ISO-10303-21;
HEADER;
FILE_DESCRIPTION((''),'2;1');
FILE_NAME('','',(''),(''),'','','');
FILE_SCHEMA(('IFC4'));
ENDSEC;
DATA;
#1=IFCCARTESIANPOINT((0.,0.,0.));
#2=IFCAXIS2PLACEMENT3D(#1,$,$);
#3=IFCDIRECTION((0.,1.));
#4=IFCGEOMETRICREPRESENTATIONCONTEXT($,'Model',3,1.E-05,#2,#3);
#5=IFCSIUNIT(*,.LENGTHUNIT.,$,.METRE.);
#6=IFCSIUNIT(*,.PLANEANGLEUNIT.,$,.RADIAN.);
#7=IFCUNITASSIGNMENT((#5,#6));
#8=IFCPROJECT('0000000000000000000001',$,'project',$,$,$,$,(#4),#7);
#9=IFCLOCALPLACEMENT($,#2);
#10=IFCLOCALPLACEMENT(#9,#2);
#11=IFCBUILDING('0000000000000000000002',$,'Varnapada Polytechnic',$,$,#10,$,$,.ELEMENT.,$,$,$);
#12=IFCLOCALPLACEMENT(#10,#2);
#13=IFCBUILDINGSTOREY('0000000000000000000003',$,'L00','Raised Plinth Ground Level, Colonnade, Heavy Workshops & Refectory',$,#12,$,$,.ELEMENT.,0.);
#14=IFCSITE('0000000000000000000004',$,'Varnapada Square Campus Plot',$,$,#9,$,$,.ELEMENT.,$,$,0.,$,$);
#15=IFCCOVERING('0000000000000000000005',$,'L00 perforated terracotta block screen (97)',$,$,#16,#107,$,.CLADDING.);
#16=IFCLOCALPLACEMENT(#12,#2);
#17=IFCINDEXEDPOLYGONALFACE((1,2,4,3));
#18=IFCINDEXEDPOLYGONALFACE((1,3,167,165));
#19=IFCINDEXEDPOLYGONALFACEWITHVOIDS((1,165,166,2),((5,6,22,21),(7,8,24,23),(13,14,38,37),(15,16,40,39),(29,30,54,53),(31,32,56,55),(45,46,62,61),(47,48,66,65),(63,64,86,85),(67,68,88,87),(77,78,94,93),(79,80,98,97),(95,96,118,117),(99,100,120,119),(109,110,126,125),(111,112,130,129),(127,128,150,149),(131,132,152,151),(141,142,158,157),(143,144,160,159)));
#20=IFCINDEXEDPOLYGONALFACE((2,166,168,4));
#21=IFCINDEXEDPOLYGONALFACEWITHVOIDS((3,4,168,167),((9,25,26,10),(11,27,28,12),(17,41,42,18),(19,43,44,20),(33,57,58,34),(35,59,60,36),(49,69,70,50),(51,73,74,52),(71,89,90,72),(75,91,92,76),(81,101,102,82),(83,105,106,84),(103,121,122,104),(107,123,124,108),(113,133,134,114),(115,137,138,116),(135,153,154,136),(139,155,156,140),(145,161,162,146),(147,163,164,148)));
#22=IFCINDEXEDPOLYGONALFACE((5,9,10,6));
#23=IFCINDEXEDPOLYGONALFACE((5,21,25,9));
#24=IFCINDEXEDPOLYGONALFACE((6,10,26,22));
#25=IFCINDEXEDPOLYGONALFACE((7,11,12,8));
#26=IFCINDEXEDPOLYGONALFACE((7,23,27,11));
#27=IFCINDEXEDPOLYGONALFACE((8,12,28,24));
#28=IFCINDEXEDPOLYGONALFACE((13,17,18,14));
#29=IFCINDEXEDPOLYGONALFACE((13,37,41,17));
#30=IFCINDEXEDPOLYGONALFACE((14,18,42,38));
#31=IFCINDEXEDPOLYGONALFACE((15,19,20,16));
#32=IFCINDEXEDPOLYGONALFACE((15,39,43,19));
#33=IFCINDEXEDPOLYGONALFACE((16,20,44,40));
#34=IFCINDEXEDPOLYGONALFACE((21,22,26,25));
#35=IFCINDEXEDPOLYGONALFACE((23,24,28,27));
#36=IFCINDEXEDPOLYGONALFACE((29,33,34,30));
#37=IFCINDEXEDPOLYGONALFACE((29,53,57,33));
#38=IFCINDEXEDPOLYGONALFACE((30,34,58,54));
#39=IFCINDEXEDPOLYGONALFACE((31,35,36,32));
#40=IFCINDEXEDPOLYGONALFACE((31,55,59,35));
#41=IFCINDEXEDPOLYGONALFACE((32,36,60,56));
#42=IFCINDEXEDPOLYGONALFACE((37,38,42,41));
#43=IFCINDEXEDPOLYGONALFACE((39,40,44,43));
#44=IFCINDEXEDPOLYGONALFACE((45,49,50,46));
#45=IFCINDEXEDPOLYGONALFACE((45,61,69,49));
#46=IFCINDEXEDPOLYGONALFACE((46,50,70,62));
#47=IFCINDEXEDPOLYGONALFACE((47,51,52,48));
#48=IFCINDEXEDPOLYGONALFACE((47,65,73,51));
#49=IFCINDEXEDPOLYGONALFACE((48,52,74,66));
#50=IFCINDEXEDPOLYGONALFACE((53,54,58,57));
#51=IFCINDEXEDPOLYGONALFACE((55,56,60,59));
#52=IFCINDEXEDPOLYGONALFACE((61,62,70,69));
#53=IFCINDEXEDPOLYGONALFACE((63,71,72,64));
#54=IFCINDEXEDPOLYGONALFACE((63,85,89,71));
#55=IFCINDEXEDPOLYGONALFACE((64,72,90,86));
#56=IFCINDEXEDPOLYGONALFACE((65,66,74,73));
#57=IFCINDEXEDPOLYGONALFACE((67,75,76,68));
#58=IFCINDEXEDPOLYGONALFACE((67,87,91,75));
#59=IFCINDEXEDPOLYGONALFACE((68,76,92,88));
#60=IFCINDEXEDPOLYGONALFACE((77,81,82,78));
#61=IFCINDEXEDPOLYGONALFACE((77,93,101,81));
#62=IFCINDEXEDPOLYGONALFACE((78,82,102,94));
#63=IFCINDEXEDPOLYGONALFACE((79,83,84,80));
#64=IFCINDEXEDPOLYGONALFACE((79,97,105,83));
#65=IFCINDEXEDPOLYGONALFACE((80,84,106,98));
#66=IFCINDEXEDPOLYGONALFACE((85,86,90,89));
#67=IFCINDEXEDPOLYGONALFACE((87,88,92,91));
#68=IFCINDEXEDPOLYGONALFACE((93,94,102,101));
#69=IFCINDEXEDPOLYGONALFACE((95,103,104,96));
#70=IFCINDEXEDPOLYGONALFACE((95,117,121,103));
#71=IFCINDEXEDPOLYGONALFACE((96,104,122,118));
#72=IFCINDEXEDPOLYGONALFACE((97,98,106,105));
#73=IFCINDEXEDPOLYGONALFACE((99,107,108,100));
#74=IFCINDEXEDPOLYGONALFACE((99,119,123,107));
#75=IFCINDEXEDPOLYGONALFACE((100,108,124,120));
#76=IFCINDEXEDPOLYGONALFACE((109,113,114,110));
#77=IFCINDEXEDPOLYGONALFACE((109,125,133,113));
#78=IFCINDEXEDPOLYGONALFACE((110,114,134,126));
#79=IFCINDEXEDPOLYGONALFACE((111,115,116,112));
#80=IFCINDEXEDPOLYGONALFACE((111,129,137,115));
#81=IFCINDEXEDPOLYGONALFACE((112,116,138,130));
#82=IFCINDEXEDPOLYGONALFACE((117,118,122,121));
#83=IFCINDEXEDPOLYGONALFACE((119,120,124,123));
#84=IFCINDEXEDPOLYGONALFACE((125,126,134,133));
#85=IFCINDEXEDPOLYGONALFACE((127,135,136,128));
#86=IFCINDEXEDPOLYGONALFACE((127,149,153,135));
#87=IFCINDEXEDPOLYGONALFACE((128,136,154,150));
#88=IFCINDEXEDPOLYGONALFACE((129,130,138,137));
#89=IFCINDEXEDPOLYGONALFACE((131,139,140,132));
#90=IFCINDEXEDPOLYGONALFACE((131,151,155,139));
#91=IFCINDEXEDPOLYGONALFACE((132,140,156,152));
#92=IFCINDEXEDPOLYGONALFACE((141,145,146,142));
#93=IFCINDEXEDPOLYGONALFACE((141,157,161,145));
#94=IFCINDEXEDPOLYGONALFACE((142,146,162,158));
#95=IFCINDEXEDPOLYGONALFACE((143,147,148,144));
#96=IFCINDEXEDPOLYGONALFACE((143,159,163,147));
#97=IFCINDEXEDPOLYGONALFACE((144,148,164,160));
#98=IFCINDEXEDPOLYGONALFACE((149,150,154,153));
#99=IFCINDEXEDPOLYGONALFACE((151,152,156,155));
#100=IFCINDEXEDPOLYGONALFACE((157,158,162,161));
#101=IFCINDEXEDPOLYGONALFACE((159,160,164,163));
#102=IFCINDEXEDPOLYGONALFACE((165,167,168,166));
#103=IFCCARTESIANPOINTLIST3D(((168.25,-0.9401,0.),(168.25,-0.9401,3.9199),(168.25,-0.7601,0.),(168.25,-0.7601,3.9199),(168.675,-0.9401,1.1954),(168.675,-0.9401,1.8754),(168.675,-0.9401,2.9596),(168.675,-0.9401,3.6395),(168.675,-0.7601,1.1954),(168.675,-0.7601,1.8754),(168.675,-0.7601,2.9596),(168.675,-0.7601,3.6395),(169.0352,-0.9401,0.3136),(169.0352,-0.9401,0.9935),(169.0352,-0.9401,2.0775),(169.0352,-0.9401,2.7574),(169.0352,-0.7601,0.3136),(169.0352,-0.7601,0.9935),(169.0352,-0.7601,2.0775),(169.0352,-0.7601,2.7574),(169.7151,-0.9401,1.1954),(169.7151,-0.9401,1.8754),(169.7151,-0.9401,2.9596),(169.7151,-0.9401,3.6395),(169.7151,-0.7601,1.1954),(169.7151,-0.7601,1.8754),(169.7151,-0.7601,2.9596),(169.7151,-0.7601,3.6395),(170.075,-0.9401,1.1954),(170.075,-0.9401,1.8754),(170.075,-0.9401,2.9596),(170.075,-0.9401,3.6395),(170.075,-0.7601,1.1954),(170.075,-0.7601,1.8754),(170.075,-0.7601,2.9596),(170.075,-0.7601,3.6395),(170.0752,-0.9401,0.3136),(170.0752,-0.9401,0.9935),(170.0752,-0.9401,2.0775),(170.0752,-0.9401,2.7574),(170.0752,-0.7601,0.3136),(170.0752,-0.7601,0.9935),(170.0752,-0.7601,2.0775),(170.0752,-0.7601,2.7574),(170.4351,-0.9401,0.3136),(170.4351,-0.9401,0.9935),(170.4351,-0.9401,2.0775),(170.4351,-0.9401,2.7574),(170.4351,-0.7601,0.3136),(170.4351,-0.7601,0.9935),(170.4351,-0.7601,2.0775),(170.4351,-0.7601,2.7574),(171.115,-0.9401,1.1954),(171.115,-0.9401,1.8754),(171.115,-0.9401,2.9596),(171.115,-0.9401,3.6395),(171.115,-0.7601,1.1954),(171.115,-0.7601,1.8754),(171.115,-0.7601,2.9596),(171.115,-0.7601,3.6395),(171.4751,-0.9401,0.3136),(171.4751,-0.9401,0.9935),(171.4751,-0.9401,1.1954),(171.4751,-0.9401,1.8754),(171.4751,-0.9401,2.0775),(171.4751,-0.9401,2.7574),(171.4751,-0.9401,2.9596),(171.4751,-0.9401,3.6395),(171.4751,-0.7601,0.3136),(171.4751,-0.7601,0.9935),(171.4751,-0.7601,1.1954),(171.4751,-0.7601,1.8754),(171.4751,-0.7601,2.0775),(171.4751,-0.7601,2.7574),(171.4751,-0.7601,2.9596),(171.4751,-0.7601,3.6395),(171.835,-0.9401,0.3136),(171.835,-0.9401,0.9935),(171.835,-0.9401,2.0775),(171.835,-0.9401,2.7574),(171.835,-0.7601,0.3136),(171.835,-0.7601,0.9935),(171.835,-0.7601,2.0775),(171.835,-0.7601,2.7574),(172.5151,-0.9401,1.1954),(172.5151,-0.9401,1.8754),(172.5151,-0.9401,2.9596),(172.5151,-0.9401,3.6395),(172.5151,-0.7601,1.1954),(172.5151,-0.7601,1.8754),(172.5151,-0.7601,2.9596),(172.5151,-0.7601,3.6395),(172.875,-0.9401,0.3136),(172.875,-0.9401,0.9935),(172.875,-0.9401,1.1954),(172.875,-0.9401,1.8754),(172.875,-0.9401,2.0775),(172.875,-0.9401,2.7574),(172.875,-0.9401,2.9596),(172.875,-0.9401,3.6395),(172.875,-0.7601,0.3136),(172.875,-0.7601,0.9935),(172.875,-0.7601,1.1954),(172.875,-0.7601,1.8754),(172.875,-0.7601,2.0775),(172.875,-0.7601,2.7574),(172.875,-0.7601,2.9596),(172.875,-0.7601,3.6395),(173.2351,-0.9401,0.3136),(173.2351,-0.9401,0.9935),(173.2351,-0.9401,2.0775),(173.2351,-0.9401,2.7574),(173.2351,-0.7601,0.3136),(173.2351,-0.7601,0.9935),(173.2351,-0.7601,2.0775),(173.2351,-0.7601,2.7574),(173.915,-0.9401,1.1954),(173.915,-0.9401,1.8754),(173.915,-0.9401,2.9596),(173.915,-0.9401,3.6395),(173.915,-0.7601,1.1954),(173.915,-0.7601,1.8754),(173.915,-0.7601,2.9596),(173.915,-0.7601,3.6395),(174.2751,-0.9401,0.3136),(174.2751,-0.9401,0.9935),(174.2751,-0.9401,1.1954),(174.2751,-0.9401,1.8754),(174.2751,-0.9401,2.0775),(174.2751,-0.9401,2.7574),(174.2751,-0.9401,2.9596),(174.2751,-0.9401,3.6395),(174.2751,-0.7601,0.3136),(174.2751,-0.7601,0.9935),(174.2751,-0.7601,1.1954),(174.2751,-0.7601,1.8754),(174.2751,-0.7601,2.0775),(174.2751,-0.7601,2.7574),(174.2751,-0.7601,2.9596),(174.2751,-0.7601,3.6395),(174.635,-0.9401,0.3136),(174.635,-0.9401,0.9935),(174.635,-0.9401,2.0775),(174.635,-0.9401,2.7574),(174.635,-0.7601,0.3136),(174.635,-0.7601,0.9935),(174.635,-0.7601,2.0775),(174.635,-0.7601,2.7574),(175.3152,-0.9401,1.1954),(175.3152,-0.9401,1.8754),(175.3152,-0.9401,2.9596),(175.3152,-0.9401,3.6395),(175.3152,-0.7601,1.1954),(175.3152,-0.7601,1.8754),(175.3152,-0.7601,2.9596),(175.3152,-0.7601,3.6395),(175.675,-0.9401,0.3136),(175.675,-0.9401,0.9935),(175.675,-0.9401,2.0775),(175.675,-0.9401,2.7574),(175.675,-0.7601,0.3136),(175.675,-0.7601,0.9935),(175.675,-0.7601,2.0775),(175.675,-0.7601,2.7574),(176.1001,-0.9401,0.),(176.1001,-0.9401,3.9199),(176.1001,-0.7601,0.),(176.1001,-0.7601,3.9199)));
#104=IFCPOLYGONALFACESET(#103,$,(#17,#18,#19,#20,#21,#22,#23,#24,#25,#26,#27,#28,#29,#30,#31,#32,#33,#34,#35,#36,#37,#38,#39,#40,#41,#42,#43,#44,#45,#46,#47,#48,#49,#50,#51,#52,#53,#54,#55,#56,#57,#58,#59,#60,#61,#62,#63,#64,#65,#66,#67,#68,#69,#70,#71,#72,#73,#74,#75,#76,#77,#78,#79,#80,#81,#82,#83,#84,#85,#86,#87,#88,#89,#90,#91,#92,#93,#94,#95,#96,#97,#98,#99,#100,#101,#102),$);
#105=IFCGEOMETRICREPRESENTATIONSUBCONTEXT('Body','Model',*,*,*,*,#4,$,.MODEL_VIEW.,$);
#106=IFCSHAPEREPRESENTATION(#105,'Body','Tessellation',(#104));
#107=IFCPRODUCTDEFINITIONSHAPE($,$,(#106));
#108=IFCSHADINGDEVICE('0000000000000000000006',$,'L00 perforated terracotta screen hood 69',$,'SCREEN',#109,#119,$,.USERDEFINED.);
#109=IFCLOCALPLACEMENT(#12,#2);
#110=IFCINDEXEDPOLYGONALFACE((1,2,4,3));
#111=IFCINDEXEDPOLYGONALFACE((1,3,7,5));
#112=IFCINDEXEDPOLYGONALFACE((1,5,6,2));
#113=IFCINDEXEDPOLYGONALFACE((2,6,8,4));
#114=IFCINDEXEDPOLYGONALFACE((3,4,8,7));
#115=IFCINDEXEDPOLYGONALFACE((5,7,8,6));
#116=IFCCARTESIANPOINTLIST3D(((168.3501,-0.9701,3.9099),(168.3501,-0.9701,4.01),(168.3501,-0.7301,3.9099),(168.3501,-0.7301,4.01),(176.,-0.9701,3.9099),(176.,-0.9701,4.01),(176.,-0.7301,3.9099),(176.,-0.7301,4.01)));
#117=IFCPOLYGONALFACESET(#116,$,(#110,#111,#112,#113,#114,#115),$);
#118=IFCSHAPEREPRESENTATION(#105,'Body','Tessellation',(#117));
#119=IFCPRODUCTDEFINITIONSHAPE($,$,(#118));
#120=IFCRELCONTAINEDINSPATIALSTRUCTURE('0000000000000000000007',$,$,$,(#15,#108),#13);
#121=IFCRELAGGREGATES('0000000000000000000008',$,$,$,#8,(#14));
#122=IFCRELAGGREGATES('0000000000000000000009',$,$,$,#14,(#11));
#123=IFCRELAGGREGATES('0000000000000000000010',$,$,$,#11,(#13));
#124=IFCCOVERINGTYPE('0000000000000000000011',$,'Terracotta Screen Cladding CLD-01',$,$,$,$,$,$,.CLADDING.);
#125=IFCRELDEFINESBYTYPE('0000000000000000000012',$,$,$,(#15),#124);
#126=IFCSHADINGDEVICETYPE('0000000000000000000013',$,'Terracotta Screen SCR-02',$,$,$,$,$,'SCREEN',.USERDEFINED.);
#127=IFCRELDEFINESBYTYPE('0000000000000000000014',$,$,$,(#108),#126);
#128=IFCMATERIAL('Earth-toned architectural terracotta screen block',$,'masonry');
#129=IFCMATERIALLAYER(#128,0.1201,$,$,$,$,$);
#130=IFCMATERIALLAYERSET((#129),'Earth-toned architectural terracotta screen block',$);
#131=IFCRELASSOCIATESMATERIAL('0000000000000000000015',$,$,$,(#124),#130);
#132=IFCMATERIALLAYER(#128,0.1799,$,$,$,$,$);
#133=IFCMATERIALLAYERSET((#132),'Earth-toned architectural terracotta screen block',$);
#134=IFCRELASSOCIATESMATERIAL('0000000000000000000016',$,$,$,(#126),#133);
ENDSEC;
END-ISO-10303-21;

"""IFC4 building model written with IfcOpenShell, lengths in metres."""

from ifc_helpers import new_model, si_unit, direction, frame, frame_2d, origin, origin_2d, place, context, subcontext, project, spatial, rectangle, extrude, material, layer, layer_set, type_object, element, save


model = new_model("IFC4")

# Units and contexts
model_context = context("Model", 3, precision=1e-05, world=origin(), true_north=direction((0.0, 1.0)))
body_context = subcontext(model_context, "Body", "Model", "MODEL_VIEW")
ifc_project = project(units=[si_unit("LENGTHUNIT", "METRE"), si_unit("PLANEANGLEUNIT", "RADIAN")], contexts=[model_context])

# Site, building, storey
site_placement = place(None, origin())
site = spatial("IfcSite", under=ifc_project, at=site_placement, Name="Varnapada Square Campus Plot", CompositionType="ELEMENT", RefElevation=0.0)
building_placement = place(site_placement, origin())
building = spatial("IfcBuilding", under=site, at=building_placement, Name="Varnapada Polytechnic", CompositionType="ELEMENT")
storey_placement = place(building_placement, origin())
storey = spatial("IfcBuildingStorey", under=building, at=storey_placement, Name="L00", Description="Raised Plinth Ground Level, Colonnade, Heavy Workshops & Refectory", CompositionType="ELEMENT", Elevation=0.0)

# Covering, openings
ifc_material_1 = material(Name="Earth-toned architectural terracotta screen block", Category="masonry")
ifc_layer_1 = layer(ifc_material_1, 0.1201)
ifc_layer_set_1 = layer_set([ifc_layer_1], Name="Earth-toned architectural terracotta screen block")
covering_type = type_object("IfcCoveringType", Name="Terracotta Screen Cladding CLD-01", PredefinedType="CLADDING", material=ifc_layer_set_1)
covering_placement = place(storey_placement, frame((176.1001, -0.8501, 0.0), z_axis=(0.0, 0.0, 1.0), x_axis=(-1.0, 0.0, 0.0)))
covering = element("IfcCovering", 1, at=covering_placement, inside=storey, type_object=covering_type, Name="L00 perforated terracotta block screen (97)", PredefinedType="CLADDING", context=body_context, shape_type="SweptSolid", body=[
    extrude(rectangle(XDim=7.8501, YDim=0.1799, at=frame_2d((3.925, 0.0))), origin(), (0.0, 0.0, 1.0), 3.9199),
])
opening_1_placement = place(covering_placement, frame((0.425, 0.0, 0.3137)))
element("IfcOpeningElement", 2, at=opening_1_placement, cuts=covering, PredefinedType="OPENING", context=body_context, shape_type="SweptSolid", body=[
    extrude(rectangle(XDim=1.04, YDim=0.6799, at=frame_2d((0.52, 0.3398))), frame((0.0, 0.0999, 0.0), z_axis=(0.0, -1.0, 0.0), x_axis=(1.0, 0.0, 0.0)), (0.0, 0.0, 1.0), 0.2),
])
opening_2_placement = place(covering_placement, frame((1.825, 0.0, 0.3137)))
element("IfcOpeningElement", 3, at=opening_2_placement, cuts=covering, PredefinedType="OPENING", context=body_context, shape_type="SweptSolid", body=[
    extrude(rectangle(XDim=1.04, YDim=0.6799, at=frame_2d((0.52, 0.3398))), frame((0.0, 0.0999, 0.0), z_axis=(0.0, -1.0, 0.0), x_axis=(1.0, 0.0, 0.0)), (0.0, 0.0, 1.0), 0.2),
])
opening_3_placement = place(covering_placement, frame((3.2251, 0.0, 0.3137)))
element("IfcOpeningElement", 4, at=opening_3_placement, cuts=covering, PredefinedType="OPENING", context=body_context, shape_type="SweptSolid", body=[
    extrude(rectangle(XDim=1.04, YDim=0.6799, at=frame_2d((0.52, 0.3398))), frame((0.0, 0.0999, 0.0), z_axis=(0.0, -1.0, 0.0), x_axis=(1.0, 0.0, 0.0)), (0.0, 0.0, 1.0), 0.2),
])
opening_4_placement = place(covering_placement, frame((4.625, 0.0, 0.3137)))
element("IfcOpeningElement", 5, at=opening_4_placement, cuts=covering, PredefinedType="OPENING", context=body_context, shape_type="SweptSolid", body=[
    extrude(rectangle(XDim=1.04, YDim=0.6799, at=frame_2d((0.52, 0.3398))), frame((0.0, 0.0999, 0.0), z_axis=(0.0, -1.0, 0.0), x_axis=(1.0, 0.0, 0.0)), (0.0, 0.0, 1.0), 0.2),
])
opening_5_placement = place(covering_placement, frame((6.0249, 0.0, 0.3137)))
element("IfcOpeningElement", 6, at=opening_5_placement, cuts=covering, PredefinedType="OPENING", context=body_context, shape_type="SweptSolid", body=[
    extrude(rectangle(XDim=1.04, YDim=0.6799, at=frame_2d((0.52, 0.3398))), frame((0.0, 0.0999, 0.0), z_axis=(0.0, -1.0, 0.0), x_axis=(1.0, 0.0, 0.0)), (0.0, 0.0, 1.0), 0.2),
])
opening_6_placement = place(covering_placement, frame((0.7849, 0.0, 1.1956)))
element("IfcOpeningElement", 7, at=opening_6_placement, cuts=covering, PredefinedType="OPENING", context=body_context, shape_type="SweptSolid", body=[
    extrude(rectangle(XDim=1.04, YDim=0.6799, at=frame_2d((0.52, 0.3398))), frame((0.0, 0.0999, 0.0), z_axis=(0.0, -1.0, 0.0), x_axis=(1.0, 0.0, 0.0)), (0.0, 0.0, 1.0), 0.2),
])
opening_7_placement = place(covering_placement, frame((2.1851, 0.0, 1.1956)))
element("IfcOpeningElement", 8, at=opening_7_placement, cuts=covering, PredefinedType="OPENING", context=body_context, shape_type="SweptSolid", body=[
    extrude(rectangle(XDim=1.04, YDim=0.6799, at=frame_2d((0.52, 0.3398))), frame((0.0, 0.0999, 0.0), z_axis=(0.0, -1.0, 0.0), x_axis=(1.0, 0.0, 0.0)), (0.0, 0.0, 1.0), 0.2),
])
opening_8_placement = place(covering_placement, frame((3.585, 0.0, 1.1956)))
element("IfcOpeningElement", 9, at=opening_8_placement, cuts=covering, PredefinedType="OPENING", context=body_context, shape_type="SweptSolid", body=[
    extrude(rectangle(XDim=1.04, YDim=0.6799, at=frame_2d((0.52, 0.3398))), frame((0.0, 0.0999, 0.0), z_axis=(0.0, -1.0, 0.0), x_axis=(1.0, 0.0, 0.0)), (0.0, 0.0, 1.0), 0.2),
])
opening_9_placement = place(covering_placement, frame((4.9851, 0.0, 1.1956)))
element("IfcOpeningElement", 10, at=opening_9_placement, cuts=covering, PredefinedType="OPENING", context=body_context, shape_type="SweptSolid", body=[
    extrude(rectangle(XDim=1.04, YDim=0.6799, at=frame_2d((0.52, 0.3398))), frame((0.0, 0.0999, 0.0), z_axis=(0.0, -1.0, 0.0), x_axis=(1.0, 0.0, 0.0)), (0.0, 0.0, 1.0), 0.2),
])
opening_10_placement = place(covering_placement, frame((6.385, 0.0, 1.1956)))
element("IfcOpeningElement", 11, at=opening_10_placement, cuts=covering, PredefinedType="OPENING", context=body_context, shape_type="SweptSolid", body=[
    extrude(rectangle(XDim=1.04, YDim=0.6799, at=frame_2d((0.52, 0.3398))), frame((0.0, 0.0999, 0.0), z_axis=(0.0, -1.0, 0.0), x_axis=(1.0, 0.0, 0.0)), (0.0, 0.0, 1.0), 0.2),
])
opening_11_placement = place(covering_placement, frame((0.425, 0.0, 2.0776)))
element("IfcOpeningElement", 12, at=opening_11_placement, cuts=covering, PredefinedType="OPENING", context=body_context, shape_type="SweptSolid", body=[
    extrude(rectangle(XDim=1.04, YDim=0.6799, at=frame_2d((0.52, 0.3398))), frame((0.0, 0.0999, 0.0), z_axis=(0.0, -1.0, 0.0), x_axis=(1.0, 0.0, 0.0)), (0.0, 0.0, 1.0), 0.2),
])
opening_12_placement = place(covering_placement, frame((1.825, 0.0, 2.0776)))
element("IfcOpeningElement", 13, at=opening_12_placement, cuts=covering, PredefinedType="OPENING", context=body_context, shape_type="SweptSolid", body=[
    extrude(rectangle(XDim=1.04, YDim=0.6799, at=frame_2d((0.52, 0.3398))), frame((0.0, 0.0999, 0.0), z_axis=(0.0, -1.0, 0.0), x_axis=(1.0, 0.0, 0.0)), (0.0, 0.0, 1.0), 0.2),
])
opening_13_placement = place(covering_placement, frame((3.2251, 0.0, 2.0776)))
element("IfcOpeningElement", 14, at=opening_13_placement, cuts=covering, PredefinedType="OPENING", context=body_context, shape_type="SweptSolid", body=[
    extrude(rectangle(XDim=1.04, YDim=0.6799, at=frame_2d((0.52, 0.3398))), frame((0.0, 0.0999, 0.0), z_axis=(0.0, -1.0, 0.0), x_axis=(1.0, 0.0, 0.0)), (0.0, 0.0, 1.0), 0.2),
])
opening_14_placement = place(covering_placement, frame((4.625, 0.0, 2.0776)))
element("IfcOpeningElement", 15, at=opening_14_placement, cuts=covering, PredefinedType="OPENING", context=body_context, shape_type="SweptSolid", body=[
    extrude(rectangle(XDim=1.04, YDim=0.6799, at=frame_2d((0.52, 0.3398))), frame((0.0, 0.0999, 0.0), z_axis=(0.0, -1.0, 0.0), x_axis=(1.0, 0.0, 0.0)), (0.0, 0.0, 1.0), 0.2),
])
opening_15_placement = place(covering_placement, frame((6.0249, 0.0, 2.0776)))
element("IfcOpeningElement", 16, at=opening_15_placement, cuts=covering, PredefinedType="OPENING", context=body_context, shape_type="SweptSolid", body=[
    extrude(rectangle(XDim=1.04, YDim=0.6799, at=frame_2d((0.52, 0.3398))), frame((0.0, 0.0999, 0.0), z_axis=(0.0, -1.0, 0.0), x_axis=(1.0, 0.0, 0.0)), (0.0, 0.0, 1.0), 0.2),
])
opening_16_placement = place(covering_placement, frame((0.7849, 0.0, 2.9597)))
element("IfcOpeningElement", 17, at=opening_16_placement, cuts=covering, PredefinedType="OPENING", context=body_context, shape_type="SweptSolid", body=[
    extrude(rectangle(XDim=1.04, YDim=0.6799, at=frame_2d((0.52, 0.3398))), frame((0.0, 0.0999, 0.0), z_axis=(0.0, -1.0, 0.0), x_axis=(1.0, 0.0, 0.0)), (0.0, 0.0, 1.0), 0.2),
])
opening_17_placement = place(covering_placement, frame((2.1851, 0.0, 2.9597)))
element("IfcOpeningElement", 18, at=opening_17_placement, cuts=covering, PredefinedType="OPENING", context=body_context, shape_type="SweptSolid", body=[
    extrude(rectangle(XDim=1.04, YDim=0.6799, at=frame_2d((0.52, 0.3398))), frame((0.0, 0.0999, 0.0), z_axis=(0.0, -1.0, 0.0), x_axis=(1.0, 0.0, 0.0)), (0.0, 0.0, 1.0), 0.2),
])
opening_18_placement = place(covering_placement, frame((3.585, 0.0, 2.9597)))
element("IfcOpeningElement", 19, at=opening_18_placement, cuts=covering, PredefinedType="OPENING", context=body_context, shape_type="SweptSolid", body=[
    extrude(rectangle(XDim=1.04, YDim=0.6799, at=frame_2d((0.52, 0.3398))), frame((0.0, 0.0999, 0.0), z_axis=(0.0, -1.0, 0.0), x_axis=(1.0, 0.0, 0.0)), (0.0, 0.0, 1.0), 0.2),
])
opening_19_placement = place(covering_placement, frame((4.9851, 0.0, 2.9597)))
element("IfcOpeningElement", 20, at=opening_19_placement, cuts=covering, PredefinedType="OPENING", context=body_context, shape_type="SweptSolid", body=[
    extrude(rectangle(XDim=1.04, YDim=0.6799, at=frame_2d((0.52, 0.3398))), frame((0.0, 0.0999, 0.0), z_axis=(0.0, -1.0, 0.0), x_axis=(1.0, 0.0, 0.0)), (0.0, 0.0, 1.0), 0.2),
])
opening_20_placement = place(covering_placement, frame((6.385, 0.0, 2.9597)))
element("IfcOpeningElement", 21, at=opening_20_placement, cuts=covering, PredefinedType="OPENING", context=body_context, shape_type="SweptSolid", body=[
    extrude(rectangle(XDim=1.04, YDim=0.6799, at=frame_2d((0.52, 0.3398))), frame((0.0, 0.0999, 0.0), z_axis=(0.0, -1.0, 0.0), x_axis=(1.0, 0.0, 0.0)), (0.0, 0.0, 1.0), 0.2),
])

# Shading device
ifc_layer_2 = layer(ifc_material_1, 0.1799)
ifc_layer_set_2 = layer_set([ifc_layer_2], Name="Earth-toned architectural terracotta screen block")
shading_device_type_1 = type_object("IfcShadingDeviceType", Name="Terracotta Screen SCR-02", ElementType="SCREEN", PredefinedType="USERDEFINED", material=ifc_layer_set_2)
shading_device_1_placement = place(storey_placement, frame((172.175, -0.8501, 3.9099), z_axis=(0.0, 0.0, 1.0), x_axis=(-1.0, 0.0, 0.0)))
element("IfcShadingDevice", 22, at=shading_device_1_placement, inside=storey, type_object=shading_device_type_1, Name="L00 perforated terracotta screen hood 69", ObjectType="SCREEN", PredefinedType="USERDEFINED", context=body_context, shape_type="SweptSolid", body=[
    extrude(rectangle(XDim=7.6499, YDim=0.24, at=origin_2d()), origin(), (0.0, 0.0, 1.0), 0.1001),
])

save(model, "model.ifc")
